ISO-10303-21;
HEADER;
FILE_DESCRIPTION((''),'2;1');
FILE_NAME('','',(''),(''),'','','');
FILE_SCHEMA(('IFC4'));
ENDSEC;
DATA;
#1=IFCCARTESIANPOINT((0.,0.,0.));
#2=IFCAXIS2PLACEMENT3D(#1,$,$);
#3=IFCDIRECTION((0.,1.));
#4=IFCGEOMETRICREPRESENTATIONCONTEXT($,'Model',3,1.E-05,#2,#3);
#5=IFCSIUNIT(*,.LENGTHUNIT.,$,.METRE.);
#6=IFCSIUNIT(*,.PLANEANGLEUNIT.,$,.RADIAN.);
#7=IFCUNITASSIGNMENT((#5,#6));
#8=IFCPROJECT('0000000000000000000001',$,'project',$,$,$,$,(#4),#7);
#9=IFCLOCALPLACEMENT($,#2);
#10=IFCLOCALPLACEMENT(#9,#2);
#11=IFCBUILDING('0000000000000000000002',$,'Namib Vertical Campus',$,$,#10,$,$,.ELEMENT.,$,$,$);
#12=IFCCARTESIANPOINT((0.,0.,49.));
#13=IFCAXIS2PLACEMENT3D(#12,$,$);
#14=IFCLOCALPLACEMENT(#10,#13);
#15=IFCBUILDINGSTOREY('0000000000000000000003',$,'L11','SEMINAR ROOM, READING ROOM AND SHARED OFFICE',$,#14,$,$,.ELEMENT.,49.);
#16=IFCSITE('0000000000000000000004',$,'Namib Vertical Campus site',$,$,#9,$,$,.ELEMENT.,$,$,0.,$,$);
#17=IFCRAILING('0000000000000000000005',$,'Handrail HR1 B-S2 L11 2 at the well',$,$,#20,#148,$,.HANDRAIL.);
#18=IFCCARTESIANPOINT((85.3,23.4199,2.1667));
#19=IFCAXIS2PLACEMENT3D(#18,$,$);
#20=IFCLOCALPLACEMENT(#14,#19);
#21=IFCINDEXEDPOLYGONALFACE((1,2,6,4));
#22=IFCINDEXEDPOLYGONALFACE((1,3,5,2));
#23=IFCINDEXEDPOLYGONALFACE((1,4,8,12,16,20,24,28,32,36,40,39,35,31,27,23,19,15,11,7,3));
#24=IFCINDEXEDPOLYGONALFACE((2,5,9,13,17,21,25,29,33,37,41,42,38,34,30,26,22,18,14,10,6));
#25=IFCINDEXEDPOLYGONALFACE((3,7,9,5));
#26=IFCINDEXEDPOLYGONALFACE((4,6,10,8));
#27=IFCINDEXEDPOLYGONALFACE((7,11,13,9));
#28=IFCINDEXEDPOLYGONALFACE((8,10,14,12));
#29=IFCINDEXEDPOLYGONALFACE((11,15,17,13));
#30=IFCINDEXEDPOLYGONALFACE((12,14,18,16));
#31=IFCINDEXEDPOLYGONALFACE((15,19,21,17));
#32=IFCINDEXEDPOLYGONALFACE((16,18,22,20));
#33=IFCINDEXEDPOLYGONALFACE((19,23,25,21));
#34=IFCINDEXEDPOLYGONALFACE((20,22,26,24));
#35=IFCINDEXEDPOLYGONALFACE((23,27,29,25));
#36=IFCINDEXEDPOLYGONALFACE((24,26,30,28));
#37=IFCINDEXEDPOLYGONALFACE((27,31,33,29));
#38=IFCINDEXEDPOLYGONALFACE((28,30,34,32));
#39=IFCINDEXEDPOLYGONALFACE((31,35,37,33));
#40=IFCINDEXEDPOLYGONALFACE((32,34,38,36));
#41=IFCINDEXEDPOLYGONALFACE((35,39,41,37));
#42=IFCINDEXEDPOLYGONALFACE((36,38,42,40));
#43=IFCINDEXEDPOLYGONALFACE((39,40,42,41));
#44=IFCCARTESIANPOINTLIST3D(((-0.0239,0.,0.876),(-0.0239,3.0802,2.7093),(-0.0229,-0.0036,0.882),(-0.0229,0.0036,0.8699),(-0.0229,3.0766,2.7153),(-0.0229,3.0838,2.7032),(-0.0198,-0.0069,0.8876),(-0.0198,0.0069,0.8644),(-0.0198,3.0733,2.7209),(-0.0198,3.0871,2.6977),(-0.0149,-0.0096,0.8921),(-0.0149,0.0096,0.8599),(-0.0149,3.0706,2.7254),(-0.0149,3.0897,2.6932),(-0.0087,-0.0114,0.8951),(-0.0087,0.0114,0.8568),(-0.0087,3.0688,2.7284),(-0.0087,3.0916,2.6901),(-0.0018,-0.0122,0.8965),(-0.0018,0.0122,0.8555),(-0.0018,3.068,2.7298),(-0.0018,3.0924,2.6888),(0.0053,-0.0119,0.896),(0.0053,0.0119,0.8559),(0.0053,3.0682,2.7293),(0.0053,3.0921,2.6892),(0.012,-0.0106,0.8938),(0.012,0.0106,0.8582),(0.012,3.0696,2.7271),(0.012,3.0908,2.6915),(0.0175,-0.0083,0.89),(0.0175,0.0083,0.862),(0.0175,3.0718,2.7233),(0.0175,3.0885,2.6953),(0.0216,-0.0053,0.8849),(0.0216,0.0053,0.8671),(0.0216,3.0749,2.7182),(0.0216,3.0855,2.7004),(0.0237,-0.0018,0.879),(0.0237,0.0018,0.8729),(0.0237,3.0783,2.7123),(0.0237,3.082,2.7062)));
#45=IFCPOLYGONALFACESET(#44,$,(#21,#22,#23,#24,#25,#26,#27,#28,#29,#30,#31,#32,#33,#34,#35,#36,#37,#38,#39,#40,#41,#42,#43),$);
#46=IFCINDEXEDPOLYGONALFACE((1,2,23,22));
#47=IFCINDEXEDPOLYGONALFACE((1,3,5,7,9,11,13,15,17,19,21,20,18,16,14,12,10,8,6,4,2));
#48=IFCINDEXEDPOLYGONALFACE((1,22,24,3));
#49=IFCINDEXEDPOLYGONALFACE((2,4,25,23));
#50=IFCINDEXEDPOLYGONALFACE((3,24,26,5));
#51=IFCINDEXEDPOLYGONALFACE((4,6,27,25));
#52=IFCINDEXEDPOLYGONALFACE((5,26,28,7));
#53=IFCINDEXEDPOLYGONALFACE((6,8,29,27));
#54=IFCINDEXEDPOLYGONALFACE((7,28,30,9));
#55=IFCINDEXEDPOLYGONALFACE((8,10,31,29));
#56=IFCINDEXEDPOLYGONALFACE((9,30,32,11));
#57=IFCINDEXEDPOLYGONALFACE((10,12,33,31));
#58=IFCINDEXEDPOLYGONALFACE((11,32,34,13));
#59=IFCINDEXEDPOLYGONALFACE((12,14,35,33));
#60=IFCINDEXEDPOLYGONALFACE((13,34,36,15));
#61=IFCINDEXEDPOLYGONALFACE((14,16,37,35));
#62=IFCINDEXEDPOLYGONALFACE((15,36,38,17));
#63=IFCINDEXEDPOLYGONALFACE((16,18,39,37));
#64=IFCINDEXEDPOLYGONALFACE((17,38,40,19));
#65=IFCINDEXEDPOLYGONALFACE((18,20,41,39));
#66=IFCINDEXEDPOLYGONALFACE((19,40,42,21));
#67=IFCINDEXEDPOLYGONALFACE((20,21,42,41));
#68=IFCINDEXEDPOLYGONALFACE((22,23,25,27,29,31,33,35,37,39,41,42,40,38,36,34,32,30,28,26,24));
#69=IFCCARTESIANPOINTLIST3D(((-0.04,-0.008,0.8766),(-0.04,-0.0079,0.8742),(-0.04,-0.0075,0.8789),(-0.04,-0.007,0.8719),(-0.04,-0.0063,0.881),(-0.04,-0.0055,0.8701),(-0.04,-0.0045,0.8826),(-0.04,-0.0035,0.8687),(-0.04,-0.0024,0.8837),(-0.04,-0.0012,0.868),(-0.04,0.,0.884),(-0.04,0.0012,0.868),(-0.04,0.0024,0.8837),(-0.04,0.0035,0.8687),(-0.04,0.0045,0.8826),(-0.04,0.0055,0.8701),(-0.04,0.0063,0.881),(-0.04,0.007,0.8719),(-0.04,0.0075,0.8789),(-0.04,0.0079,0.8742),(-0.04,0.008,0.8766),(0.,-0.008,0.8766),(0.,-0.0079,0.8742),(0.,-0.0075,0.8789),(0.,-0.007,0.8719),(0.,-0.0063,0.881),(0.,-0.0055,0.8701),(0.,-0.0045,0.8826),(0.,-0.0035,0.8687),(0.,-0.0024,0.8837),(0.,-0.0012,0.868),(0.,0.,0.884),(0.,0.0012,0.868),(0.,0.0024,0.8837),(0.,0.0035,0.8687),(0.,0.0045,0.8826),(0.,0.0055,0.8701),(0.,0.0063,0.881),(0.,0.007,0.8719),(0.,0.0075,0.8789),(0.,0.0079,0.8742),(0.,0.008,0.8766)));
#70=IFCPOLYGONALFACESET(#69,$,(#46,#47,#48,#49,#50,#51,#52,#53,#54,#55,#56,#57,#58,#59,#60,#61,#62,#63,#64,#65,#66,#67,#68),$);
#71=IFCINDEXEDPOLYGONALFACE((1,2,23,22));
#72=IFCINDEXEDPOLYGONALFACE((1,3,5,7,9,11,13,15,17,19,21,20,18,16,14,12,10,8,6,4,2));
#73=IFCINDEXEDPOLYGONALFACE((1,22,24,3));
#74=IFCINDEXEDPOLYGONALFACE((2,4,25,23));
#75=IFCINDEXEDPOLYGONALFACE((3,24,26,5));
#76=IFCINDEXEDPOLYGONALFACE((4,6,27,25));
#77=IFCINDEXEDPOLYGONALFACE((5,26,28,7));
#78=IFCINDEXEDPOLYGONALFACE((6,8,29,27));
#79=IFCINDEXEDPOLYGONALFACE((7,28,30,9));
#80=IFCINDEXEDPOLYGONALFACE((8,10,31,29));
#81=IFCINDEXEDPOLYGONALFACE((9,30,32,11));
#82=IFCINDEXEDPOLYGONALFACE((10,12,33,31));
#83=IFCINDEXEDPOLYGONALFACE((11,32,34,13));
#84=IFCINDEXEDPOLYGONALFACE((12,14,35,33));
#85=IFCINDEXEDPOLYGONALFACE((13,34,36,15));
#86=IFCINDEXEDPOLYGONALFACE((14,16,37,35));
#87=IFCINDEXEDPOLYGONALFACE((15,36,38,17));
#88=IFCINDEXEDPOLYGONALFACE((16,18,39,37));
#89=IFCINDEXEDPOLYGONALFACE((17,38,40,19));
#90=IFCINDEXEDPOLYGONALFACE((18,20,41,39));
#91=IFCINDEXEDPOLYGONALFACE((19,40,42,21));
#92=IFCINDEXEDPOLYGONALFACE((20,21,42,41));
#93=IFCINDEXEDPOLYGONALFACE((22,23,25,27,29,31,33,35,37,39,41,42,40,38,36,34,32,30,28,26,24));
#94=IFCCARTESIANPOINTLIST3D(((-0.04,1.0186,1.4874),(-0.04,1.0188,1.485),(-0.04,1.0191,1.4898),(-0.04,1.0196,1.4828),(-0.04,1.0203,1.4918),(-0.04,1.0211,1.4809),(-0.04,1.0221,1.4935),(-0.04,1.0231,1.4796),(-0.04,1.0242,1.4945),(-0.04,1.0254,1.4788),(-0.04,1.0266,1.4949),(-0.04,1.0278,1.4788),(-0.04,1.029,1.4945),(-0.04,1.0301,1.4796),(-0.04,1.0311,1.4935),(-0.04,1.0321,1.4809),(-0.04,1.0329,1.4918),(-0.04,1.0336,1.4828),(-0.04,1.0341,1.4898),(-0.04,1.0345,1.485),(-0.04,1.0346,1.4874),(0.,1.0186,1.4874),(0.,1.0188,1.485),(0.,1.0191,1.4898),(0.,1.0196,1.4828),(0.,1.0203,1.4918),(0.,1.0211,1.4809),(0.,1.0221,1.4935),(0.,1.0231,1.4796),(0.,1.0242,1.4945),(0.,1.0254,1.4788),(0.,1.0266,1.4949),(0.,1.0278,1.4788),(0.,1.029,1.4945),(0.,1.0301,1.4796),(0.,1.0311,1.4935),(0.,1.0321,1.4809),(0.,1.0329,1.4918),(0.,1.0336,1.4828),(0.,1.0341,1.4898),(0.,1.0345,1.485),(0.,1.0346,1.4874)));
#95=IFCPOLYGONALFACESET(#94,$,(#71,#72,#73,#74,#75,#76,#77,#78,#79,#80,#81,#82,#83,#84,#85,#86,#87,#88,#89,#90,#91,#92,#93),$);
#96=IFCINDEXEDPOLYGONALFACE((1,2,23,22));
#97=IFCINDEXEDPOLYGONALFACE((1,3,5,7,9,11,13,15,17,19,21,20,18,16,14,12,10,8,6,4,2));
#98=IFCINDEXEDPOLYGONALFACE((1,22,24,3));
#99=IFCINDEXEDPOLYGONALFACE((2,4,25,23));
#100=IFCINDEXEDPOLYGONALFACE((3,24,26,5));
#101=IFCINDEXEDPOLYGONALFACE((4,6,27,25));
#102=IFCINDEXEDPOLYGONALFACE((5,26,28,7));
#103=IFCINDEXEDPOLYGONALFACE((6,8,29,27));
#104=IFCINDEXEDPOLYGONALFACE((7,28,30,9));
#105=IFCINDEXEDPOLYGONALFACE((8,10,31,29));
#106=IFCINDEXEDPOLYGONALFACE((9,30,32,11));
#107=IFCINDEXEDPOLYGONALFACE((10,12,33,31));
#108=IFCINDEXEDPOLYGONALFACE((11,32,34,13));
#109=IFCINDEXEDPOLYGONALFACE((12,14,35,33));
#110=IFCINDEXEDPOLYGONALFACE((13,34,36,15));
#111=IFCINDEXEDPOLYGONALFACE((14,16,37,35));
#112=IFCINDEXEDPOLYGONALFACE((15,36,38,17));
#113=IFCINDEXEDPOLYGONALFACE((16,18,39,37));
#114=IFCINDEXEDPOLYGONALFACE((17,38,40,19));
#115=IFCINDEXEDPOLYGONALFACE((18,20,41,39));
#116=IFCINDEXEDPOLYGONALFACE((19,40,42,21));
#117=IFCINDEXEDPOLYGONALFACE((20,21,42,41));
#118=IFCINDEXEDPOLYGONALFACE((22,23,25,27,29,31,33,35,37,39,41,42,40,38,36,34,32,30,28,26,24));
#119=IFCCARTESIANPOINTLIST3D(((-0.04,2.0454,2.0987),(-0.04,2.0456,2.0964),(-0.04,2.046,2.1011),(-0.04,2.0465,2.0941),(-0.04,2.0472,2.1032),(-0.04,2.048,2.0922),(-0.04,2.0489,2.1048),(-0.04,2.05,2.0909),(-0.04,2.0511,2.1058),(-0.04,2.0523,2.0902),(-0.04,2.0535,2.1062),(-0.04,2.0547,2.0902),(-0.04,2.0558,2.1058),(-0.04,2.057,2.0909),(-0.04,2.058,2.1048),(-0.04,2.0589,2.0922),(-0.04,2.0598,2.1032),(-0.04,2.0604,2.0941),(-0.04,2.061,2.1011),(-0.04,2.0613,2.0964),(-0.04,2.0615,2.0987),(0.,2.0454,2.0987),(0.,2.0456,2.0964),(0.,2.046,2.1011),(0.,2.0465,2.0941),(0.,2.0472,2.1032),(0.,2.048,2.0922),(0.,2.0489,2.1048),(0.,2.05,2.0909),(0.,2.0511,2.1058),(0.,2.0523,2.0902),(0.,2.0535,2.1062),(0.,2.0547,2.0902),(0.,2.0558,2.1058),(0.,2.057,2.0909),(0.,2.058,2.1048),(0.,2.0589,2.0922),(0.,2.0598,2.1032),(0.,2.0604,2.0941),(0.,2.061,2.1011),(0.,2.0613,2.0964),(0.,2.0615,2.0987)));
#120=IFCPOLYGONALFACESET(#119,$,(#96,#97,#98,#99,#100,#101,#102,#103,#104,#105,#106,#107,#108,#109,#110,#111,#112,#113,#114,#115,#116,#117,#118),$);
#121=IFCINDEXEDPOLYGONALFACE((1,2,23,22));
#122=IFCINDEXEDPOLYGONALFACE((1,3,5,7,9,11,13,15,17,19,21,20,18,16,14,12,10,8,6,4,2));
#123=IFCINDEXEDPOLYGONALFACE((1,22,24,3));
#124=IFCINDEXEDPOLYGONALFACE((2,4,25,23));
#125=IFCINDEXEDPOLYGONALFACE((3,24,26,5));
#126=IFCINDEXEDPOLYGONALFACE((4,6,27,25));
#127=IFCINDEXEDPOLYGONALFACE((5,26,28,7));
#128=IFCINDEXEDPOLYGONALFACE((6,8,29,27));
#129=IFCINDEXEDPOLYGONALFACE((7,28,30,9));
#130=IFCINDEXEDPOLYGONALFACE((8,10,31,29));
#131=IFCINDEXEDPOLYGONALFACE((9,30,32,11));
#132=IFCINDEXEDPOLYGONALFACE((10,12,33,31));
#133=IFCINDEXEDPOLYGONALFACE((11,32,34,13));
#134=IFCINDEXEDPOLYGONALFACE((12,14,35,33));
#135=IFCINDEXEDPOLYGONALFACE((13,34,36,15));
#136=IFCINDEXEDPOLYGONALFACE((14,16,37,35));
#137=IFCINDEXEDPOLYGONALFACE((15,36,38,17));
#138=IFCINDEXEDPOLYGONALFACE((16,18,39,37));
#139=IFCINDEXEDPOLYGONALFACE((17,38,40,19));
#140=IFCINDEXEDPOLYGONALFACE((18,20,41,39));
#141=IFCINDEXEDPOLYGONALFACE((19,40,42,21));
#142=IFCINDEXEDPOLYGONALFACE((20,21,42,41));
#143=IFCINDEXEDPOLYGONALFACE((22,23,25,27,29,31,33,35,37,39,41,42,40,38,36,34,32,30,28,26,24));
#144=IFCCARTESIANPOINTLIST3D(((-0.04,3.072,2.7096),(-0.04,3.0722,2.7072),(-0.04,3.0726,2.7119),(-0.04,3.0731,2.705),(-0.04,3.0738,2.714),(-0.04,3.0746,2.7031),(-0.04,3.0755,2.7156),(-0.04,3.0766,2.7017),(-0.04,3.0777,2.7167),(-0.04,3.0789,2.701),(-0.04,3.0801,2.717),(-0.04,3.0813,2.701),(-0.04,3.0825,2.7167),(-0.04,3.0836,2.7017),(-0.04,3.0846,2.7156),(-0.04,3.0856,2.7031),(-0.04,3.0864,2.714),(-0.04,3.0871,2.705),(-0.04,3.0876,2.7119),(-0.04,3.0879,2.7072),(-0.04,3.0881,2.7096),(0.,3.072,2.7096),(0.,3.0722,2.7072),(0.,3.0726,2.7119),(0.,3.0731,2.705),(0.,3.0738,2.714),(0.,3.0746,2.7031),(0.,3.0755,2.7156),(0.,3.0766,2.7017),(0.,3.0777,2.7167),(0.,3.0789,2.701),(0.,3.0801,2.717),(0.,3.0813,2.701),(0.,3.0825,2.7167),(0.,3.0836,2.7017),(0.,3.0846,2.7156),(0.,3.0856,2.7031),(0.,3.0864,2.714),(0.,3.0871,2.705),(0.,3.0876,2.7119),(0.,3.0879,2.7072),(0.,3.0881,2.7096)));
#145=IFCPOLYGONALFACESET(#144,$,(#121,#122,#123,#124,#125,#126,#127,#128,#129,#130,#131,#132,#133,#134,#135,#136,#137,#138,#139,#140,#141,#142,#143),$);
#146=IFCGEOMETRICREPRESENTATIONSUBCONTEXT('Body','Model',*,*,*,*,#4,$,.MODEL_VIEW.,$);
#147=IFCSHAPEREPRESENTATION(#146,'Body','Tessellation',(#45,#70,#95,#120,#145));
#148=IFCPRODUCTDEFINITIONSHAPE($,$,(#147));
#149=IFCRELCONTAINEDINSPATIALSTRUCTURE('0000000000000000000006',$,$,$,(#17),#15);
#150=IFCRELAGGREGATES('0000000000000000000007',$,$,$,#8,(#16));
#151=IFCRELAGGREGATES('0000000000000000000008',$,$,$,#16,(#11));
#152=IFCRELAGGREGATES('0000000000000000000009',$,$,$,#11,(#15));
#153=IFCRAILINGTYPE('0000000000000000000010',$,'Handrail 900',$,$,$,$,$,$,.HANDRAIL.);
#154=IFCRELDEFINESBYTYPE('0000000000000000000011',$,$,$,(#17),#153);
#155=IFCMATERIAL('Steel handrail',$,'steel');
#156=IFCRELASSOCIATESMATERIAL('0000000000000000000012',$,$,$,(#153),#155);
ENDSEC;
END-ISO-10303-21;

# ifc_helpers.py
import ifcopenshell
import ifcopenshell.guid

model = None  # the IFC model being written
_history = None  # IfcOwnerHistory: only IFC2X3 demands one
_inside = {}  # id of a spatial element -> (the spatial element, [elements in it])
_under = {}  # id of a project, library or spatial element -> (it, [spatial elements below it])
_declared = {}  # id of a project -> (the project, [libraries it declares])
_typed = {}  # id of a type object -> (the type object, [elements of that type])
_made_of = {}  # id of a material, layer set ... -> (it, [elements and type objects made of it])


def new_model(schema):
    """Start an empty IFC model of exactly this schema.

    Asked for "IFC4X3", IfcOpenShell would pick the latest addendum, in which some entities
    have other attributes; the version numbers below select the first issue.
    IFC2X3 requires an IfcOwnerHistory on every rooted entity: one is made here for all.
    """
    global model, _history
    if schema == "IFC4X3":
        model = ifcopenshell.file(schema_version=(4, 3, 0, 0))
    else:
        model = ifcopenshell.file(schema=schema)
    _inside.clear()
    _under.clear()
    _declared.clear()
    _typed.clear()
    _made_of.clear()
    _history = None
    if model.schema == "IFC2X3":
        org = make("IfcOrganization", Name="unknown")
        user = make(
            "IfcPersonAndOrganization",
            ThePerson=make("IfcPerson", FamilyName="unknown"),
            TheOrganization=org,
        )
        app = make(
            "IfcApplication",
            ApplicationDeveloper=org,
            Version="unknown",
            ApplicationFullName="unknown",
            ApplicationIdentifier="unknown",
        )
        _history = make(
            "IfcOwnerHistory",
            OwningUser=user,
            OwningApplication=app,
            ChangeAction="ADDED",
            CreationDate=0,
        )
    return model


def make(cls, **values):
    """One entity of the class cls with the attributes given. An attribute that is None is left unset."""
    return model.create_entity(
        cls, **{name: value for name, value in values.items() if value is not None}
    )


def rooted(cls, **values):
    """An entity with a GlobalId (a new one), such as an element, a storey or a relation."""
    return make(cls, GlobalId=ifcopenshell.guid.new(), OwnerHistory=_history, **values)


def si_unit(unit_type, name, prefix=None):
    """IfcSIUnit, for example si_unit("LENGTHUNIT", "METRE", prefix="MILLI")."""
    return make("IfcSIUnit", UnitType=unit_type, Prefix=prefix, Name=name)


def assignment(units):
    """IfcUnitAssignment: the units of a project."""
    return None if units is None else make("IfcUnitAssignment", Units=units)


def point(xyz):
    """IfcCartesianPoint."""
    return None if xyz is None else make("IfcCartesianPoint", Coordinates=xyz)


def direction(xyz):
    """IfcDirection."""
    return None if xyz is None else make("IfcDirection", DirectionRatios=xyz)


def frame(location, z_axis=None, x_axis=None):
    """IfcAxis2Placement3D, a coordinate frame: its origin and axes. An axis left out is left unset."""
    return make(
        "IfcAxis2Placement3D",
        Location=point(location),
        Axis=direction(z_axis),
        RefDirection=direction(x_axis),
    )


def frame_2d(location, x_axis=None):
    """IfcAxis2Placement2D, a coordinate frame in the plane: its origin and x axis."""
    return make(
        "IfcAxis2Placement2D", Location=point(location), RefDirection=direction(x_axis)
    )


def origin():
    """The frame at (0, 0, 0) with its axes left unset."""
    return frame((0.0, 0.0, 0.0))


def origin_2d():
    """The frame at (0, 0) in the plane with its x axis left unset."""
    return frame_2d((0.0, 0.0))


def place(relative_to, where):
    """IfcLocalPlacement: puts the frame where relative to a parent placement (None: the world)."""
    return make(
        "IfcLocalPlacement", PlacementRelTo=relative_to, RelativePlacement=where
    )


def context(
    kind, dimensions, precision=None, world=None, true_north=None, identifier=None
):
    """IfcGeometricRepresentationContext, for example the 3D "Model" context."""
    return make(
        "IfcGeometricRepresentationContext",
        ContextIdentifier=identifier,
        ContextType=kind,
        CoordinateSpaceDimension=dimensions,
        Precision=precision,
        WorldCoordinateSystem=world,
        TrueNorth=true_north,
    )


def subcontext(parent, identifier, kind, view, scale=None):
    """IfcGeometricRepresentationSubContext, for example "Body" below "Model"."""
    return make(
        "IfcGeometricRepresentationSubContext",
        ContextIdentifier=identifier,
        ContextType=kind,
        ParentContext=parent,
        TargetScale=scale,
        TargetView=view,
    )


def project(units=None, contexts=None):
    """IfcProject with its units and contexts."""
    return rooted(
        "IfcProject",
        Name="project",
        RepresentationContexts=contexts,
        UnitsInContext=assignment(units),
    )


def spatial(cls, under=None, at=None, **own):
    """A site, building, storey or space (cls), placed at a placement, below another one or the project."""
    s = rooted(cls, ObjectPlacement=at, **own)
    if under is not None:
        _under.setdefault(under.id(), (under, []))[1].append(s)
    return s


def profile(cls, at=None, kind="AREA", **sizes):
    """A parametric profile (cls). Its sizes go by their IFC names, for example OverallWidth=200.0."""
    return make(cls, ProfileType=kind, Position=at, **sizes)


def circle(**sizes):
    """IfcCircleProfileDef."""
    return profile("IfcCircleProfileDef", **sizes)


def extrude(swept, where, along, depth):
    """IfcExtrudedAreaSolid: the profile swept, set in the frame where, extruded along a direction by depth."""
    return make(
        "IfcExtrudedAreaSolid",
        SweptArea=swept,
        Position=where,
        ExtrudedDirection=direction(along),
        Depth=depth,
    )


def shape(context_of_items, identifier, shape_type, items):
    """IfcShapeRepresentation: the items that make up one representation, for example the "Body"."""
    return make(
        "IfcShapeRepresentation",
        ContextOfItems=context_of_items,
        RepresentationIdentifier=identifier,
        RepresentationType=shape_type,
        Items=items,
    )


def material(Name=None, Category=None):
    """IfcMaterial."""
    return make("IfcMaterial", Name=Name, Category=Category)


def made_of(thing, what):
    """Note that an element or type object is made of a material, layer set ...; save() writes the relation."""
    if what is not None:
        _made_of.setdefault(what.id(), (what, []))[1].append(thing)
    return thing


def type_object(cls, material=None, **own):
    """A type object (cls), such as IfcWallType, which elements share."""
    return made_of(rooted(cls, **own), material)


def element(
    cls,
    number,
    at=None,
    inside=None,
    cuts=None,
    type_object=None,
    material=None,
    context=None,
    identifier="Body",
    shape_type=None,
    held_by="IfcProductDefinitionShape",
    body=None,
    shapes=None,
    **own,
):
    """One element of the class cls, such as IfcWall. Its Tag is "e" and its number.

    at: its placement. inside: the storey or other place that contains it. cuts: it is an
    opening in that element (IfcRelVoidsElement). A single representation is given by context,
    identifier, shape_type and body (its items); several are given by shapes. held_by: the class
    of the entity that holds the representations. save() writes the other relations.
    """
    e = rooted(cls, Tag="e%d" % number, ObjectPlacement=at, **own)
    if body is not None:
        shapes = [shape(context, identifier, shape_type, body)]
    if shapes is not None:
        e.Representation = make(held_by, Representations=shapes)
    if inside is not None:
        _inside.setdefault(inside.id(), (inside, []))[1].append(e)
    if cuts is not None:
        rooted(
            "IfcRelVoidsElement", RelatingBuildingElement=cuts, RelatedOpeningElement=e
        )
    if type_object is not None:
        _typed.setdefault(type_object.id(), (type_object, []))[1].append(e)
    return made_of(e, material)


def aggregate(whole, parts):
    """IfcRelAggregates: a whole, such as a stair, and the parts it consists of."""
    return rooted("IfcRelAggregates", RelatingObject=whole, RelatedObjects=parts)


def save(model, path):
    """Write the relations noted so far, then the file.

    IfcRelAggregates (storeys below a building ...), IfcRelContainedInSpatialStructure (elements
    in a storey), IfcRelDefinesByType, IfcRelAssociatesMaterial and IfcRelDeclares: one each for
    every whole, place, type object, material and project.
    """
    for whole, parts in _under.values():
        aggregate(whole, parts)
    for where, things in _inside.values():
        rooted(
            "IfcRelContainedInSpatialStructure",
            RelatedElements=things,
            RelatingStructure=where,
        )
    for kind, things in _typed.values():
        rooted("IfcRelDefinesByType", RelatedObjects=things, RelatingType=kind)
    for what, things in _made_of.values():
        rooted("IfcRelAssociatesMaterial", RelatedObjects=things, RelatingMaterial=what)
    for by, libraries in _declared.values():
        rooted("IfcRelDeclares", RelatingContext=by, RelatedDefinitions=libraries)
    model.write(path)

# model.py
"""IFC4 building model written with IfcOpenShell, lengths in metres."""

from ifc_helpers import new_model, si_unit, direction, frame, origin, origin_2d, place, context, subcontext, project, spatial, circle, extrude, material, type_object, element, save


model = new_model("IFC4")

# Units and contexts
model_context = context("Model", 3, precision=1e-05, world=origin(), true_north=direction((0.0, 1.0)))
body_context = subcontext(model_context, "Body", "Model", "MODEL_VIEW")
ifc_project = project(units=[si_unit("LENGTHUNIT", "METRE"), si_unit("PLANEANGLEUNIT", "RADIAN")], contexts=[model_context])

# Site, building, storey
site_placement = place(None, origin())
site = spatial("IfcSite", under=ifc_project, at=site_placement, Name="Namib Vertical Campus site", CompositionType="ELEMENT", RefElevation=0.0)
building_placement = place(site_placement, origin())
building = spatial("IfcBuilding", under=site, at=building_placement, Name="Namib Vertical Campus", CompositionType="ELEMENT")
storey_placement = place(building_placement, frame((0.0, 0.0, 49.0)))
storey = spatial("IfcBuildingStorey", under=building, at=storey_placement, Name="L11", Description="SEMINAR ROOM, READING ROOM AND SHARED OFFICE", CompositionType="ELEMENT", Elevation=49.0)

# Railing
ifc_material_1 = material(Name="Steel handrail", Category="steel")
railing_type_1 = type_object("IfcRailingType", Name="Handrail 900", PredefinedType="HANDRAIL", material=ifc_material_1)
railing_1_placement = place(storey_placement, frame((85.3, 23.4199, 2.1667)))
element("IfcRailing", 1, at=railing_1_placement, inside=storey, type_object=railing_type_1, Name="Handrail HR1 B-S2 L11 2 at the well", PredefinedType="HANDRAIL", context=body_context, shape_type="SweptSolid", body=[
    extrude(circle(Radius=0.0239, at=origin_2d()), frame((0.0, 0.0, 0.876), z_axis=(0.0, 0.859309, 0.511458), x_axis=(-1.0, 0.0, 0.0)), (0.0, 0.0, 1.0), 3.5845),
    extrude(circle(Radius=0.0081, at=origin_2d()), frame((0.0, 0.0, 0.876), z_axis=(-1.0, 0.0, 0.0), x_axis=(0.0, 0.0, 1.0)), (0.0, 0.0, 1.0), 0.04),
    extrude(circle(Radius=0.0081, at=origin_2d()), frame((0.0, 1.0266, 1.4868), z_axis=(-1.0, 0.0, 0.0), x_axis=(0.0, 0.0, 1.0)), (0.0, 0.0, 1.0), 0.04),
    extrude(circle(Radius=0.0081, at=origin_2d()), frame((0.0, 2.0535, 2.0981), z_axis=(-1.0, 0.0, 0.0), x_axis=(0.0, 0.0, 1.0)), (0.0, 0.0, 1.0), 0.04),
    extrude(circle(Radius=0.0081, at=origin_2d()), frame((0.0, 3.0801, 2.709), z_axis=(-1.0, 0.0, 0.0), x_axis=(0.0, 0.0, 1.0)), (0.0, 0.0, 1.0), 0.04),
])

save(model, "model.ifc")
